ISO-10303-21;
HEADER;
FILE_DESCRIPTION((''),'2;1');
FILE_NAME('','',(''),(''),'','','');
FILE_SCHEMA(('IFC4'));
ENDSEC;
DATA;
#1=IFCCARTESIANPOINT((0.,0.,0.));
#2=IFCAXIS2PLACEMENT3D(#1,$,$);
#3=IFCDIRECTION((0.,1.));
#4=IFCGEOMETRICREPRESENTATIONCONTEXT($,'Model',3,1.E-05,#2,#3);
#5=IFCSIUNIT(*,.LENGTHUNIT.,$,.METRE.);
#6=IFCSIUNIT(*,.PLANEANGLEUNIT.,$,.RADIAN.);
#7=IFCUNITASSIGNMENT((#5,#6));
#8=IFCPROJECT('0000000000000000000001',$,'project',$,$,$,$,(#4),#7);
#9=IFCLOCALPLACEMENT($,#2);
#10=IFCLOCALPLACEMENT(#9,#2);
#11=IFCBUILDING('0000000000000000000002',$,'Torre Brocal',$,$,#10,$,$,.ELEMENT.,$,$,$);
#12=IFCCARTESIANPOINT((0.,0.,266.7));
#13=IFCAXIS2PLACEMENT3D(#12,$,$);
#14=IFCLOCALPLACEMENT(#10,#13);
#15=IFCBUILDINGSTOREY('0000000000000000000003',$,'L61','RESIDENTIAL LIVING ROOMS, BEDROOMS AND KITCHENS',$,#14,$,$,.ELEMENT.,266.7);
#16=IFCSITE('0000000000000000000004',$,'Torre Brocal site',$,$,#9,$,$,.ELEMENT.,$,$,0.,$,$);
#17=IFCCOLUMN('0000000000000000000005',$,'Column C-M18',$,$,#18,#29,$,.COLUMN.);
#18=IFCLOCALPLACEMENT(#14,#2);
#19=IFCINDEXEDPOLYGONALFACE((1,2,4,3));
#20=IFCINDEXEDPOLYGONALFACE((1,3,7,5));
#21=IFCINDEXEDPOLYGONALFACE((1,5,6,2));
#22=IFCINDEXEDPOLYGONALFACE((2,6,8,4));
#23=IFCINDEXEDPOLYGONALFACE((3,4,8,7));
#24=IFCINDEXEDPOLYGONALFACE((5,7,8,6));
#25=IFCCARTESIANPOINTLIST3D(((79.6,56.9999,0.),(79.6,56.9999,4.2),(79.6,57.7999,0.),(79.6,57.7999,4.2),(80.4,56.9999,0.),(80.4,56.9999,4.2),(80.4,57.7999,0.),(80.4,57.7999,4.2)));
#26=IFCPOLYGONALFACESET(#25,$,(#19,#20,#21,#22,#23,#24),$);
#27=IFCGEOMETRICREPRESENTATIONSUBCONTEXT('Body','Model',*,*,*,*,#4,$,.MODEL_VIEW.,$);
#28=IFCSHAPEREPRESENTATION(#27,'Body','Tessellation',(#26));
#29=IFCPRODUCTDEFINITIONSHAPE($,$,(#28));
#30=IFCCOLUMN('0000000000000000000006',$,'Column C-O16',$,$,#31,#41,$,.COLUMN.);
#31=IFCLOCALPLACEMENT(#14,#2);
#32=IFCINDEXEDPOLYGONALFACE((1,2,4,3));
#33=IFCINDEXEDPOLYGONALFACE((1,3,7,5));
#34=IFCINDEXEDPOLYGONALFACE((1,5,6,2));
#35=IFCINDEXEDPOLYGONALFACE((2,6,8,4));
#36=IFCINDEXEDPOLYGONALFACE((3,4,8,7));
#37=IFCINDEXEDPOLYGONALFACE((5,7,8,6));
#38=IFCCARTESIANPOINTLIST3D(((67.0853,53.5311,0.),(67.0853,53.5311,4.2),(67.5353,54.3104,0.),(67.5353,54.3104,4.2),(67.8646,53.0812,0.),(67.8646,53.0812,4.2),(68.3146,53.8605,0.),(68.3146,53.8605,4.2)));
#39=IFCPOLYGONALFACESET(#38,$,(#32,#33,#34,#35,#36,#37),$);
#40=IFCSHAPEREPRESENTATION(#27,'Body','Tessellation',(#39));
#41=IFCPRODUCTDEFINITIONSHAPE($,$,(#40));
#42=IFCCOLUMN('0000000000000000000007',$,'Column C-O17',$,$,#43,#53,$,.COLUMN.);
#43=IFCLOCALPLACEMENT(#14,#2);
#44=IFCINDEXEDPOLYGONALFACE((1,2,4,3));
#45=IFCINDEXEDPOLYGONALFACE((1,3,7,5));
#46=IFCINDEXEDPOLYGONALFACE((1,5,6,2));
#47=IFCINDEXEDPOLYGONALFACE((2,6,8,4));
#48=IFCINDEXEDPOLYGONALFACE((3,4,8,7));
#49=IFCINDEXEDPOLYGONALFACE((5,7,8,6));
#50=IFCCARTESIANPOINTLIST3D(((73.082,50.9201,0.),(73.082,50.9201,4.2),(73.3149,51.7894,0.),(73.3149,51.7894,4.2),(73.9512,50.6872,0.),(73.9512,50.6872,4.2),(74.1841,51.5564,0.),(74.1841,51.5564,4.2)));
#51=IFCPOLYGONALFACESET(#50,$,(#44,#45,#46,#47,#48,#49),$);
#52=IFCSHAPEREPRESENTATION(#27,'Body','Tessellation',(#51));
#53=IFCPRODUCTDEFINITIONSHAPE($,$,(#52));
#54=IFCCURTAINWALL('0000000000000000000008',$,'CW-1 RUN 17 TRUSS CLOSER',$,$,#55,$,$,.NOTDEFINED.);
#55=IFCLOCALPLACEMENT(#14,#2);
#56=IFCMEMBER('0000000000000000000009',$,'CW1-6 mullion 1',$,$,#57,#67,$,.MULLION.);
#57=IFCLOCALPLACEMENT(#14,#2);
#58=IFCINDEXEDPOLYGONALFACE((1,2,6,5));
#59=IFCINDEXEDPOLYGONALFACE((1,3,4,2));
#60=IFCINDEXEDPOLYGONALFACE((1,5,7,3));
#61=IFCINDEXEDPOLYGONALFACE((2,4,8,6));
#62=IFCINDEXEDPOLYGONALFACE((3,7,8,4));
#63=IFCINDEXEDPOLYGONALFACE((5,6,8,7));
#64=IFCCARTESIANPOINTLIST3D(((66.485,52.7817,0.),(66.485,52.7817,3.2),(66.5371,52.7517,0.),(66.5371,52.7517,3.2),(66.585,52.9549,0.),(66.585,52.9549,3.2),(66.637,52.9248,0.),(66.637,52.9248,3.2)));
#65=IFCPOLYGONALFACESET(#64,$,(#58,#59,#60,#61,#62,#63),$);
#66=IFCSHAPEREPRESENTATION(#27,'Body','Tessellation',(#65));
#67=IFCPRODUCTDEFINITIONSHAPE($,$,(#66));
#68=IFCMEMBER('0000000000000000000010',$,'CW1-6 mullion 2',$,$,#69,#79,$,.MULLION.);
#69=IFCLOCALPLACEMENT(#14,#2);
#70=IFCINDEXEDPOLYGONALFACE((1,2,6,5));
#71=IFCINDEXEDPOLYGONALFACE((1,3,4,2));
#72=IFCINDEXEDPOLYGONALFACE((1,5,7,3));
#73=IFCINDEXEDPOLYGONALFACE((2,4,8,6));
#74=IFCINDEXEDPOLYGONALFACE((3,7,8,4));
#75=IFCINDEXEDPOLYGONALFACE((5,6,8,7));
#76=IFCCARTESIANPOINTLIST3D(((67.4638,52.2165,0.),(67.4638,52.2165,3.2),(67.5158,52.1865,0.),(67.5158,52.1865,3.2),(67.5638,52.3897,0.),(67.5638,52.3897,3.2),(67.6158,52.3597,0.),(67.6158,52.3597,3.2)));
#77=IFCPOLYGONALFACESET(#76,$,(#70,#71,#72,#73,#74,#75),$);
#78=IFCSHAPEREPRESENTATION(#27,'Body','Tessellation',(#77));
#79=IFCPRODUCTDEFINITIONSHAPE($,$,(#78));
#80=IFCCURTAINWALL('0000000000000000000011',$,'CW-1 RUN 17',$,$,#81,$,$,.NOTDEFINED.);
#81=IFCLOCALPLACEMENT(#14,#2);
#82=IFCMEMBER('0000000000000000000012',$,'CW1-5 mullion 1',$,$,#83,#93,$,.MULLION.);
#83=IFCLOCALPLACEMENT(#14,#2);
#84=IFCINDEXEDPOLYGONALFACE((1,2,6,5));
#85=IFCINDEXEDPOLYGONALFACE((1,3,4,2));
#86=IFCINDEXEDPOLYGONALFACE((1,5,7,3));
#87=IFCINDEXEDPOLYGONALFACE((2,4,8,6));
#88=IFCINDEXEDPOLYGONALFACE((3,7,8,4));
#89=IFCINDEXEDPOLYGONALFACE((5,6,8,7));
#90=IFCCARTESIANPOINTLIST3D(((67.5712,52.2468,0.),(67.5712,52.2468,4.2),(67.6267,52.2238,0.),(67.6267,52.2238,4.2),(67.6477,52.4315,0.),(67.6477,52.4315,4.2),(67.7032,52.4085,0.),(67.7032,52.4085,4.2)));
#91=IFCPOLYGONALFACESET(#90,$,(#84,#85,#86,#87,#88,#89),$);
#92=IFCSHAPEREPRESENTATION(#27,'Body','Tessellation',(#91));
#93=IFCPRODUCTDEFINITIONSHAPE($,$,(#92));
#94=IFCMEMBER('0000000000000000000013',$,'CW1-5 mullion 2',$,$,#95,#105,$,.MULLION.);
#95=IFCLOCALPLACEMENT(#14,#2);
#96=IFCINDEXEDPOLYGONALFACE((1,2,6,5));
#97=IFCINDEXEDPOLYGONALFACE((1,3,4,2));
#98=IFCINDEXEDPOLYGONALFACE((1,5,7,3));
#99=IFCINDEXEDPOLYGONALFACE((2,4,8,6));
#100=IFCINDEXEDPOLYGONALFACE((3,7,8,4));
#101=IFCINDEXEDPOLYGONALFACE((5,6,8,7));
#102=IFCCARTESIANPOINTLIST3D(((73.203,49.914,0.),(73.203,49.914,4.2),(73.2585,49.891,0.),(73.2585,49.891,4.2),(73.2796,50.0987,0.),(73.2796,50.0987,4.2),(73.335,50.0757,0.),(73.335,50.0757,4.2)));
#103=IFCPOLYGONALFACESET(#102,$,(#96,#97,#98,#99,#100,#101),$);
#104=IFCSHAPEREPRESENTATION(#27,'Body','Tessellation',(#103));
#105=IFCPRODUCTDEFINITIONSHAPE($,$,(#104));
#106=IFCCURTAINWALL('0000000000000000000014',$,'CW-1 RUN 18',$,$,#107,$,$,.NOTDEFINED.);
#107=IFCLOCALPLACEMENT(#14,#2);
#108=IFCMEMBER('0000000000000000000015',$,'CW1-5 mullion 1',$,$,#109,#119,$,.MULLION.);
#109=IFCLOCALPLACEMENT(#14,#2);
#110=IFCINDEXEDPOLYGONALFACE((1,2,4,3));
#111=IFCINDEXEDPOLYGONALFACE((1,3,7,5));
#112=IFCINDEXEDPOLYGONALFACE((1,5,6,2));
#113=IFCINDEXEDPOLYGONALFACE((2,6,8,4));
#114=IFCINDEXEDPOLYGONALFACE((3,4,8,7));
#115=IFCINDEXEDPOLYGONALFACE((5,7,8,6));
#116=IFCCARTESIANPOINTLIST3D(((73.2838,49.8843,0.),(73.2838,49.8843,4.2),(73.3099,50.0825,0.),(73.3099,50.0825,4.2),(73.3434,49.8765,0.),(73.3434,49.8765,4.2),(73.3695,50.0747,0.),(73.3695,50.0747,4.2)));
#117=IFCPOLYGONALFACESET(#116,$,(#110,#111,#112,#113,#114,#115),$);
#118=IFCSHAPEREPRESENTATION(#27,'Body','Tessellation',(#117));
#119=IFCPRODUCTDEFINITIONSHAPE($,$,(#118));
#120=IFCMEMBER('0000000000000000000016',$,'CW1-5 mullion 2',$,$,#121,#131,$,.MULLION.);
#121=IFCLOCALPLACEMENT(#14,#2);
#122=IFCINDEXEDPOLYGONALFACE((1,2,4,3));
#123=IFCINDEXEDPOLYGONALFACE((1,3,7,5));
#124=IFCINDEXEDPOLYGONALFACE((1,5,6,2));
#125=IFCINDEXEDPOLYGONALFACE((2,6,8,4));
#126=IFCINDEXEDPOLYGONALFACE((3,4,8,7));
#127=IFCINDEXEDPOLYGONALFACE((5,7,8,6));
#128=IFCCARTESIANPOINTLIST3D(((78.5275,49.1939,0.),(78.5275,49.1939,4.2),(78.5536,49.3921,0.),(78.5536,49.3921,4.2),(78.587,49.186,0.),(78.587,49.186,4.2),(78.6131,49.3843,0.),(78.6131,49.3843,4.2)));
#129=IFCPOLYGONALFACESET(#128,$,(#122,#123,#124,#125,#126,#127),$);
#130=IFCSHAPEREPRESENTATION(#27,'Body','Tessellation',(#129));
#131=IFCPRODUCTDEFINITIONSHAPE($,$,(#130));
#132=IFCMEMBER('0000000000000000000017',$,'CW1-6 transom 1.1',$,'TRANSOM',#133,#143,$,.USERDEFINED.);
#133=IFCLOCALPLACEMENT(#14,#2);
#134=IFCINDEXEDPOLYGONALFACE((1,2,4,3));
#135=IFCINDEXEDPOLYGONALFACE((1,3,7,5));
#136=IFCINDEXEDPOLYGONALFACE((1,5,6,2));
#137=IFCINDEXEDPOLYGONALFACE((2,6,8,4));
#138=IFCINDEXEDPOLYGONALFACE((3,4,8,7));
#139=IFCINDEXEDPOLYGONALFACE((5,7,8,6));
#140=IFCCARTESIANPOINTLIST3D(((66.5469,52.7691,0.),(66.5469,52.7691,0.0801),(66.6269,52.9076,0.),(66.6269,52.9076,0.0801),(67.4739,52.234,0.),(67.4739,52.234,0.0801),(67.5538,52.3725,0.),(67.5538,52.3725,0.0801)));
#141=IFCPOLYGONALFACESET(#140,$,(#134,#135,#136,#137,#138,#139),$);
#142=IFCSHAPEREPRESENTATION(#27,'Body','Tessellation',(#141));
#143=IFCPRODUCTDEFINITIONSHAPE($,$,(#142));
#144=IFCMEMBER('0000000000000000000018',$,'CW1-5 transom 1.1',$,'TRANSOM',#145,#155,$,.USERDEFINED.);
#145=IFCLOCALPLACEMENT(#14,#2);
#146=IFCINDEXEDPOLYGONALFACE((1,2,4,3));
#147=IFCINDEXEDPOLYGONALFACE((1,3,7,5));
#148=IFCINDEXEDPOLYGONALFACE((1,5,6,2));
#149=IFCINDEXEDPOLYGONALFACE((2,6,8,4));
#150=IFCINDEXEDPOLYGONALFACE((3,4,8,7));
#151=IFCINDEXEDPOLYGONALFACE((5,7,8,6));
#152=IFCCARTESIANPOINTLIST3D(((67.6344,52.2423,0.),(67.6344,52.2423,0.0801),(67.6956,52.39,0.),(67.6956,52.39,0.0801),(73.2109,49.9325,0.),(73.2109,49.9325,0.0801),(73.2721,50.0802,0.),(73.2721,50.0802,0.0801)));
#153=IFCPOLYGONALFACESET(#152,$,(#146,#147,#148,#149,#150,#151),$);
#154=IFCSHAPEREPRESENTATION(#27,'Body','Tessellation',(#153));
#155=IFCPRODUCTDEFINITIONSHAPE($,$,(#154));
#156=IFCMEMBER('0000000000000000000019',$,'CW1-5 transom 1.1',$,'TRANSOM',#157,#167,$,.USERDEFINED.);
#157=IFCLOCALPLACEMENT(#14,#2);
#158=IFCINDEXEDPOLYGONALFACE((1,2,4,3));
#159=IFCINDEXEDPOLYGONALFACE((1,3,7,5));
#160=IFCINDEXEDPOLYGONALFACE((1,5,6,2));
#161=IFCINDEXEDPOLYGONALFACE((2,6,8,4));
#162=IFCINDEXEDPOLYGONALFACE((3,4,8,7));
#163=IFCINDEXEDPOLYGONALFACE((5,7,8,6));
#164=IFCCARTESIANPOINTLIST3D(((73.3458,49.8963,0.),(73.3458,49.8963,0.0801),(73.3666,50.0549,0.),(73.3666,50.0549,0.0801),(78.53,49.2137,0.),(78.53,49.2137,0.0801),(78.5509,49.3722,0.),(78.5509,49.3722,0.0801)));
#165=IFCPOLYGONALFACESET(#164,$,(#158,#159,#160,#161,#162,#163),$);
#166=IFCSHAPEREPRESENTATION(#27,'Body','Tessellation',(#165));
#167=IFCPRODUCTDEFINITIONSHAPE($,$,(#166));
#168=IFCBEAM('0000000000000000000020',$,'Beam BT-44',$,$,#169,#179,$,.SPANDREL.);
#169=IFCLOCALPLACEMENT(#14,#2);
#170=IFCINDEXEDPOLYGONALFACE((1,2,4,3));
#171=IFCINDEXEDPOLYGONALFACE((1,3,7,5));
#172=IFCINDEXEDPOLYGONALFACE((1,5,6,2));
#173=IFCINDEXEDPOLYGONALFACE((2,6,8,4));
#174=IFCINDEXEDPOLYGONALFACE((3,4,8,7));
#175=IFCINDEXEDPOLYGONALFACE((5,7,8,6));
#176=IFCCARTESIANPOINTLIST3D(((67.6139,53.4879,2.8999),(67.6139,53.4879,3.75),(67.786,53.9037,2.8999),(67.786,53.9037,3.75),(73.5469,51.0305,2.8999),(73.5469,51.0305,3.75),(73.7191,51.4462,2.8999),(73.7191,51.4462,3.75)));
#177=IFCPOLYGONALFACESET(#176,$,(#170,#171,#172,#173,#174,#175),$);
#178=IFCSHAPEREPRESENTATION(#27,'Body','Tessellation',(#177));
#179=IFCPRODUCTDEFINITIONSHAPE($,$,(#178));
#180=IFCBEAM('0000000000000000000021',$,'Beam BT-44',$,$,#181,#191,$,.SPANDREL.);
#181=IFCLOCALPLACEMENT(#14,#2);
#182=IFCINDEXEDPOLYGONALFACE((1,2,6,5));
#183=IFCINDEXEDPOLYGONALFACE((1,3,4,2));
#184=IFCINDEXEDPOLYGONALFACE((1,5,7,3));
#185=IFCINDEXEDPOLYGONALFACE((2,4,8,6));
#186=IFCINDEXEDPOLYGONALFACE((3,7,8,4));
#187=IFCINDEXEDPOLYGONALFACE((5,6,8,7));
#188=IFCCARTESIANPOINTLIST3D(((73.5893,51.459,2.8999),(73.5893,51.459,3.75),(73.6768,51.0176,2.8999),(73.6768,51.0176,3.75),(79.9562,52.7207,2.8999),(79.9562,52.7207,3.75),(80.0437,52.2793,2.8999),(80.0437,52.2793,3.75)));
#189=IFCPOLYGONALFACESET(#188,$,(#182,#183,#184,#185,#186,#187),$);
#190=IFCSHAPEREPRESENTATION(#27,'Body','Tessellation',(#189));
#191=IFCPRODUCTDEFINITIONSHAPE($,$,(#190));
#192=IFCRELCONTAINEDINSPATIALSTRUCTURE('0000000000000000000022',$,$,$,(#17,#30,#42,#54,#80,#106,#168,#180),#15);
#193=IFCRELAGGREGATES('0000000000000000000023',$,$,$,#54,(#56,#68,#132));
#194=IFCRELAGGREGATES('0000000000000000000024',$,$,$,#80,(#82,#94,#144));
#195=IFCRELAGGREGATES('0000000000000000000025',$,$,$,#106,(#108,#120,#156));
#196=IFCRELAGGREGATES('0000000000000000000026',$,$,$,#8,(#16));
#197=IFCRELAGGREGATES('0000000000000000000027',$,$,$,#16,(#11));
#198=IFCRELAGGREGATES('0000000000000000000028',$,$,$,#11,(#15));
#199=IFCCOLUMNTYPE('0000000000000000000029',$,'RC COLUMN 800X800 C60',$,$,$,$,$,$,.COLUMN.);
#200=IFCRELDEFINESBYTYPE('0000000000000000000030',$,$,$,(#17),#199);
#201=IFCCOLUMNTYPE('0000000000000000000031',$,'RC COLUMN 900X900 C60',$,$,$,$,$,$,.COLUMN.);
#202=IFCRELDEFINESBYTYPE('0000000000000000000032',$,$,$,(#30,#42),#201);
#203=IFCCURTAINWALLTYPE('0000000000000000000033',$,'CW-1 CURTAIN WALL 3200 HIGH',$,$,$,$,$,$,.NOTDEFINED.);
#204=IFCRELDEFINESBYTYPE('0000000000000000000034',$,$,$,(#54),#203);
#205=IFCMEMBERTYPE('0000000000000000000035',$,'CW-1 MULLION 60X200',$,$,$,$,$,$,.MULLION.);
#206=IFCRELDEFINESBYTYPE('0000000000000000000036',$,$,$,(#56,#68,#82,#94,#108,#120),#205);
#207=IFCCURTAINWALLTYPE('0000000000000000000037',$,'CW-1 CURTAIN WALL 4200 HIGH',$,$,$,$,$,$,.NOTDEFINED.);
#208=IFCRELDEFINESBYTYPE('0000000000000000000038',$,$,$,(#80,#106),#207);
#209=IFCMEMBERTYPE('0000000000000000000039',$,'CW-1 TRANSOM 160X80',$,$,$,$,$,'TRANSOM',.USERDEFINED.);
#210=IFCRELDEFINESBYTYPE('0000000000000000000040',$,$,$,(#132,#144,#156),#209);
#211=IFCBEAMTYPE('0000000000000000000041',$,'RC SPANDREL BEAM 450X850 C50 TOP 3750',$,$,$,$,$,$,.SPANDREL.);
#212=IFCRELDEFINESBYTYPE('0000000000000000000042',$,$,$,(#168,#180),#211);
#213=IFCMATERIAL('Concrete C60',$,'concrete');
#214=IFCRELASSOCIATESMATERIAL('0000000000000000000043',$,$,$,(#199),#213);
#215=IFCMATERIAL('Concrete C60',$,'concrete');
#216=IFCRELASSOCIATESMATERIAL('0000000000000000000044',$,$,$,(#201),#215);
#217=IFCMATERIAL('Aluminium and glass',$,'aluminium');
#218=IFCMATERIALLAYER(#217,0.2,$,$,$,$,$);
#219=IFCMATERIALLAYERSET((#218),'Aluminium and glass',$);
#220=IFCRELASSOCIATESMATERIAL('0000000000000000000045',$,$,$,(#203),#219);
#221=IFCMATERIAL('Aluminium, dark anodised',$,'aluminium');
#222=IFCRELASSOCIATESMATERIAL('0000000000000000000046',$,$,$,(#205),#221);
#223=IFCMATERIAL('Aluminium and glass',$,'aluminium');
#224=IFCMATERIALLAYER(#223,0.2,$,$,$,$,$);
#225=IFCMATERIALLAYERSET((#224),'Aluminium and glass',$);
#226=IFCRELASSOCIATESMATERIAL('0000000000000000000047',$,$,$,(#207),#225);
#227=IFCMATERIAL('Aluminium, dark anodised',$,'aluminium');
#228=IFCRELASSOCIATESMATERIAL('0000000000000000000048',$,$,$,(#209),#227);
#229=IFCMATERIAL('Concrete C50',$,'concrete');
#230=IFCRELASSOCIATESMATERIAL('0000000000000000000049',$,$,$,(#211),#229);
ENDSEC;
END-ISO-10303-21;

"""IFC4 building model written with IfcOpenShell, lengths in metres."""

from ifc_helpers import new_model, si_unit, direction, frame, origin, origin_2d, place, context, subcontext, project, spatial, rectangle, extrude, material, layer, layer_set, material_profile, profile_set, type_object, element, aggregate, save


model = new_model("IFC4")

# Units and contexts
model_context = context("Model", 3, precision=1e-05, world=origin(), true_north=direction((0.0, 1.0)))
body_context = subcontext(model_context, "Body", "Model", "MODEL_VIEW")
ifc_project = project(units=[si_unit("LENGTHUNIT", "METRE"), si_unit("PLANEANGLEUNIT", "RADIAN")], contexts=[model_context])

# Site, building, storey
site_placement = place(None, origin())
site = spatial("IfcSite", under=ifc_project, at=site_placement, Name="Torre Brocal site", CompositionType="ELEMENT", RefElevation=0.0)
building_placement = place(site_placement, origin())
building = spatial("IfcBuilding", under=site, at=building_placement, Name="Torre Brocal", CompositionType="ELEMENT")
storey_placement = place(building_placement, frame((0.0, 0.0, 266.7)))
storey = spatial("IfcBuildingStorey", under=building, at=storey_placement, Name="L61", Description="RESIDENTIAL LIVING ROOMS, BEDROOMS AND KITCHENS", CompositionType="ELEMENT", Elevation=266.7)

# Columns
ifc_material_1 = material(Name="Concrete C60", Category="concrete")
ifc_material_profile_1 = material_profile(ifc_material_1, rectangle(XDim=0.8, YDim=0.8, at=origin_2d()), Name="RC 800X800")
ifc_profile_set_1 = profile_set([ifc_material_profile_1], Name="Concrete C60")
column_type_1 = type_object("IfcColumnType", Name="RC COLUMN 800X800 C60", PredefinedType="COLUMN", material=ifc_profile_set_1)
column_placement = place(storey_placement, frame((80.0, 57.3999, 0.0), z_axis=(0.0, 0.0, 1.0), x_axis=(0.0, -1.0, 0.0)))
element("IfcColumn", 1, at=column_placement, inside=storey, type_object=column_type_1, Name="Column C-M18", PredefinedType="COLUMN", context=body_context, shape_type="SweptSolid", body=[
    extrude(rectangle(XDim=0.8, YDim=0.8, at=origin_2d()), origin(), (0.0, 0.0, 1.0), 4.2),
])
ifc_material_2 = material(Name="Concrete C60", Category="concrete")
ifc_material_profile_2 = material_profile(ifc_material_2, rectangle(XDim=0.8999, YDim=0.8999, at=origin_2d()), Name="RC 900X900")
ifc_profile_set_2 = profile_set([ifc_material_profile_2], Name="Concrete C60")
column_type_2 = type_object("IfcColumnType", Name="RC COLUMN 900X900 C60", PredefinedType="COLUMN", material=ifc_profile_set_2)
for number, where, z_axis, x_axis, name in (
    (2, (67.7, 53.6958, 0.0), (0.0, 0.0, 1.0), (-0.5, -0.866025, 0.0), "Column C-O16"),
    (3, (73.6331, 51.2383, 0.0), (0.0, 0.0, 1.0), (-0.258819, -0.965926, 0.0), "Column C-O17"),
):
    element("IfcColumn", number, at=place(storey_placement, frame(where, z_axis=z_axis, x_axis=x_axis)), inside=storey, type_object=column_type_2, Name=name, PredefinedType="COLUMN", context=body_context, shape_type="SweptSolid", body=[
        extrude(rectangle(XDim=0.8999, YDim=0.8999, at=origin_2d()), origin(), (0.0, 0.0, 1.0), 4.2),
    ])

# Curtain walls, members
ifc_material_3 = material(Name="Aluminium and glass", Category="aluminium")
ifc_layer_1 = layer(ifc_material_3, 0.2)
ifc_layer_set_1 = layer_set([ifc_layer_1], Name="Aluminium and glass")
curtain_wall_type_1 = type_object("IfcCurtainWallType", Name="CW-1 CURTAIN WALL 3200 HIGH", PredefinedType="NOTDEFINED", material=ifc_layer_set_1)
curtain_wall_1_placement = place(storey_placement, origin())
curtain_wall_1 = element("IfcCurtainWall", 4, at=curtain_wall_1_placement, inside=storey, type_object=curtain_wall_type_1, Name="CW-1 RUN 17 TRUSS CLOSER", PredefinedType="NOTDEFINED")
ifc_material_4 = material(Name="Aluminium, dark anodised", Category="aluminium")
ifc_material_profile_3 = material_profile(ifc_material_4, rectangle(XDim=0.2, YDim=0.0601, at=origin_2d()), Name="CW-1 MULLION 60X200")
ifc_profile_set_3 = profile_set([ifc_material_profile_3], Name="Aluminium, dark anodised")
member_type_1 = type_object("IfcMemberType", Name="CW-1 MULLION 60X200", PredefinedType="MULLION", material=ifc_profile_set_3)
member_1_placement = place(storey_placement, frame((66.561, 52.8533, 0.0), z_axis=(0.0, 0.0, 1.0), x_axis=(0.5, 0.866025, 0.0)))
member_1 = element("IfcMember", 5, at=member_1_placement, type_object=member_type_1, Name="CW1-6 mullion 1", PredefinedType="MULLION", context=body_context, shape_type="SweptSolid", body=[
    extrude(rectangle(XDim=0.2, YDim=0.0601, at=origin_2d()), origin(), (0.0, 0.0, 1.0), 3.2),
])
member_2_placement = place(storey_placement, frame((67.5398, 52.2881, 0.0), z_axis=(0.0, 0.0, 1.0), x_axis=(0.5, 0.866025, 0.0)))
member_2 = element("IfcMember", 6, at=member_2_placement, type_object=member_type_1, Name="CW1-6 mullion 2", PredefinedType="MULLION", context=body_context, shape_type="SweptSolid", body=[
    extrude(rectangle(XDim=0.2, YDim=0.0601, at=origin_2d()), origin(), (0.0, 0.0, 1.0), 3.2),
])
ifc_material_5 = material(Name="Aluminium and glass", Category="aluminium")
ifc_layer_2 = layer(ifc_material_5, 0.2)
ifc_layer_set_2 = layer_set([ifc_layer_2], Name="Aluminium and glass")
curtain_wall_type_2 = type_object("IfcCurtainWallType", Name="CW-1 CURTAIN WALL 4200 HIGH", PredefinedType="NOTDEFINED", material=ifc_layer_set_2)
curtain_wall_2_placement = place(storey_placement, origin())
curtain_wall_2 = element("IfcCurtainWall", 7, at=curtain_wall_2_placement, inside=storey, type_object=curtain_wall_type_2, Name="CW-1 RUN 17", PredefinedType="NOTDEFINED")
member_3_placement = place(storey_placement, frame((67.6372, 52.3276, 0.0), z_axis=(0.0, 0.0, 1.0), x_axis=(0.382683, 0.92388, 0.0)))
member_3 = element("IfcMember", 8, at=member_3_placement, type_object=member_type_1, Name="CW1-5 mullion 1", PredefinedType="MULLION", context=body_context, shape_type="SweptSolid", body=[
    extrude(rectangle(XDim=0.2, YDim=0.0601, at=origin_2d()), origin(), (0.0, 0.0, 1.0), 4.2),
])
member_4_placement = place(storey_placement, frame((73.269, 49.9949, 0.0), z_axis=(0.0, 0.0, 1.0), x_axis=(0.382683, 0.92388, 0.0)))
member_4 = element("IfcMember", 9, at=member_4_placement, type_object=member_type_1, Name="CW1-5 mullion 2", PredefinedType="MULLION", context=body_context, shape_type="SweptSolid", body=[
    extrude(rectangle(XDim=0.2, YDim=0.0601, at=origin_2d()), origin(), (0.0, 0.0, 1.0), 4.2),
])
curtain_wall_3_placement = place(storey_placement, origin())
curtain_wall_3 = element("IfcCurtainWall", 10, at=curtain_wall_3_placement, inside=storey, type_object=curtain_wall_type_2, Name="CW-1 RUN 18", PredefinedType="NOTDEFINED")
member_5_placement = place(storey_placement, frame((73.3267, 49.9795, 0.0), z_axis=(0.0, 0.0, 1.0), x_axis=(0.130526, 0.991445, 0.0)))
member_5 = element("IfcMember", 11, at=member_5_placement, type_object=member_type_1, Name="CW1-5 mullion 1", PredefinedType="MULLION", context=body_context, shape_type="SweptSolid", body=[
    extrude(rectangle(XDim=0.2, YDim=0.0601, at=origin_2d()), origin(), (0.0, 0.0, 1.0), 4.2),
])
member_6_placement = place(storey_placement, frame((78.5703, 49.2891, 0.0), z_axis=(0.0, 0.0, 1.0), x_axis=(0.130526, 0.991445, 0.0)))
member_6 = element("IfcMember", 12, at=member_6_placement, type_object=member_type_1, Name="CW1-5 mullion 2", PredefinedType="MULLION", context=body_context, shape_type="SweptSolid", body=[
    extrude(rectangle(XDim=0.2, YDim=0.0601, at=origin_2d()), origin(), (0.0, 0.0, 1.0), 4.2),
])

# Members
ifc_material_6 = material(Name="Aluminium, dark anodised", Category="aluminium")
ifc_material_profile_4 = material_profile(ifc_material_6, rectangle(XDim=0.1599, YDim=0.0801, at=origin_2d()), Name="CW-1 TRANSOM 160X80")
ifc_profile_set_4 = profile_set([ifc_material_profile_4], Name="Aluminium, dark anodised")
member_type_2 = type_object("IfcMemberType", Name="CW-1 TRANSOM 160X80", ElementType="TRANSOM", PredefinedType="USERDEFINED", material=ifc_profile_set_4)
member_7_placement = place(storey_placement, frame((66.5869, 52.8384, 0.04), z_axis=(0.866045, -0.499966, 0.0), x_axis=(0.499966, 0.866045, 0.0)))
member_7 = element("IfcMember", 13, at=member_7_placement, type_object=member_type_2, Name="CW1-6 transom 1.1", ObjectType="TRANSOM", PredefinedType="USERDEFINED", context=body_context, shape_type="SweptSolid", body=[
    extrude(rectangle(XDim=0.1599, YDim=0.0801, at=origin_2d()), origin(), (0.0, 0.0, 1.0), 1.0703),
])
member_8_placement = place(storey_placement, frame((67.665, 52.3162, 0.04), z_axis=(0.92388, -0.382682, 0.0), x_axis=(0.382682, 0.92388, 0.0)))
member_8 = element("IfcMember", 14, at=member_8_placement, type_object=member_type_2, Name="CW1-5 transom 1.1", ObjectType="TRANSOM", PredefinedType="USERDEFINED", context=body_context, shape_type="SweptSolid", body=[
    extrude(rectangle(XDim=0.1599, YDim=0.0801, at=origin_2d()), origin(), (0.0, 0.0, 1.0), 6.0359),
])
member_9_placement = place(storey_placement, frame((73.3562, 49.9756, 0.04), z_axis=(0.991443, -0.130543, 0.0), x_axis=(0.130543, 0.991443, 0.0)))
member_9 = element("IfcMember", 15, at=member_9_placement, type_object=member_type_2, Name="CW1-5 transom 1.1", ObjectType="TRANSOM", PredefinedType="USERDEFINED", context=body_context, shape_type="SweptSolid", body=[
    extrude(rectangle(XDim=0.1599, YDim=0.0801, at=origin_2d()), origin(), (0.0, 0.0, 1.0), 5.229),
])

# Beams
ifc_material_7 = material(Name="Concrete C50", Category="concrete")
ifc_material_profile_5 = material_profile(ifc_material_7, rectangle(XDim=0.45, YDim=0.8501, at=origin_2d()), Name="RC 450X850")
ifc_profile_set_5 = profile_set([ifc_material_profile_5], Name="Concrete C50")
beam_type = type_object("IfcBeamType", Name="RC SPANDREL BEAM 450X850 C50 TOP 3750", PredefinedType="SPANDREL", material=ifc_profile_set_5)
beam_1_placement = place(storey_placement, frame((67.7, 53.6958, 3.325), z_axis=(0.923882, -0.382676, 0.0), x_axis=(0.382676, 0.923882, 0.0)))
element("IfcBeam", 16, at=beam_1_placement, inside=storey, type_object=beam_type, Name="Beam BT-44", PredefinedType="SPANDREL", context=body_context, shape_type="SweptSolid", body=[
    extrude(rectangle(XDim=0.45, YDim=0.8501, at=origin_2d()), origin(), (0.0, 0.0, 1.0), 6.4219),
])
beam_2_placement = place(storey_placement, frame((73.6331, 51.2383, 3.325), z_axis=(0.980925, 0.194387, 0.0), x_axis=(-0.194387, 0.980925, 0.0)))
element("IfcBeam", 17, at=beam_2_placement, inside=storey, type_object=beam_type, Name="Beam BT-44", PredefinedType="SPANDREL", context=body_context, shape_type="SweptSolid", body=[
    extrude(rectangle(XDim=0.45, YDim=0.8501, at=origin_2d()), origin(), (0.0, 0.0, 1.0), 6.4907),
])

aggregate(curtain_wall_1, [member_1, member_2, member_7])
aggregate(curtain_wall_2, [member_3, member_4, member_8])
aggregate(curtain_wall_3, [member_5, member_6, member_9])

save(model, "model.ifc")
